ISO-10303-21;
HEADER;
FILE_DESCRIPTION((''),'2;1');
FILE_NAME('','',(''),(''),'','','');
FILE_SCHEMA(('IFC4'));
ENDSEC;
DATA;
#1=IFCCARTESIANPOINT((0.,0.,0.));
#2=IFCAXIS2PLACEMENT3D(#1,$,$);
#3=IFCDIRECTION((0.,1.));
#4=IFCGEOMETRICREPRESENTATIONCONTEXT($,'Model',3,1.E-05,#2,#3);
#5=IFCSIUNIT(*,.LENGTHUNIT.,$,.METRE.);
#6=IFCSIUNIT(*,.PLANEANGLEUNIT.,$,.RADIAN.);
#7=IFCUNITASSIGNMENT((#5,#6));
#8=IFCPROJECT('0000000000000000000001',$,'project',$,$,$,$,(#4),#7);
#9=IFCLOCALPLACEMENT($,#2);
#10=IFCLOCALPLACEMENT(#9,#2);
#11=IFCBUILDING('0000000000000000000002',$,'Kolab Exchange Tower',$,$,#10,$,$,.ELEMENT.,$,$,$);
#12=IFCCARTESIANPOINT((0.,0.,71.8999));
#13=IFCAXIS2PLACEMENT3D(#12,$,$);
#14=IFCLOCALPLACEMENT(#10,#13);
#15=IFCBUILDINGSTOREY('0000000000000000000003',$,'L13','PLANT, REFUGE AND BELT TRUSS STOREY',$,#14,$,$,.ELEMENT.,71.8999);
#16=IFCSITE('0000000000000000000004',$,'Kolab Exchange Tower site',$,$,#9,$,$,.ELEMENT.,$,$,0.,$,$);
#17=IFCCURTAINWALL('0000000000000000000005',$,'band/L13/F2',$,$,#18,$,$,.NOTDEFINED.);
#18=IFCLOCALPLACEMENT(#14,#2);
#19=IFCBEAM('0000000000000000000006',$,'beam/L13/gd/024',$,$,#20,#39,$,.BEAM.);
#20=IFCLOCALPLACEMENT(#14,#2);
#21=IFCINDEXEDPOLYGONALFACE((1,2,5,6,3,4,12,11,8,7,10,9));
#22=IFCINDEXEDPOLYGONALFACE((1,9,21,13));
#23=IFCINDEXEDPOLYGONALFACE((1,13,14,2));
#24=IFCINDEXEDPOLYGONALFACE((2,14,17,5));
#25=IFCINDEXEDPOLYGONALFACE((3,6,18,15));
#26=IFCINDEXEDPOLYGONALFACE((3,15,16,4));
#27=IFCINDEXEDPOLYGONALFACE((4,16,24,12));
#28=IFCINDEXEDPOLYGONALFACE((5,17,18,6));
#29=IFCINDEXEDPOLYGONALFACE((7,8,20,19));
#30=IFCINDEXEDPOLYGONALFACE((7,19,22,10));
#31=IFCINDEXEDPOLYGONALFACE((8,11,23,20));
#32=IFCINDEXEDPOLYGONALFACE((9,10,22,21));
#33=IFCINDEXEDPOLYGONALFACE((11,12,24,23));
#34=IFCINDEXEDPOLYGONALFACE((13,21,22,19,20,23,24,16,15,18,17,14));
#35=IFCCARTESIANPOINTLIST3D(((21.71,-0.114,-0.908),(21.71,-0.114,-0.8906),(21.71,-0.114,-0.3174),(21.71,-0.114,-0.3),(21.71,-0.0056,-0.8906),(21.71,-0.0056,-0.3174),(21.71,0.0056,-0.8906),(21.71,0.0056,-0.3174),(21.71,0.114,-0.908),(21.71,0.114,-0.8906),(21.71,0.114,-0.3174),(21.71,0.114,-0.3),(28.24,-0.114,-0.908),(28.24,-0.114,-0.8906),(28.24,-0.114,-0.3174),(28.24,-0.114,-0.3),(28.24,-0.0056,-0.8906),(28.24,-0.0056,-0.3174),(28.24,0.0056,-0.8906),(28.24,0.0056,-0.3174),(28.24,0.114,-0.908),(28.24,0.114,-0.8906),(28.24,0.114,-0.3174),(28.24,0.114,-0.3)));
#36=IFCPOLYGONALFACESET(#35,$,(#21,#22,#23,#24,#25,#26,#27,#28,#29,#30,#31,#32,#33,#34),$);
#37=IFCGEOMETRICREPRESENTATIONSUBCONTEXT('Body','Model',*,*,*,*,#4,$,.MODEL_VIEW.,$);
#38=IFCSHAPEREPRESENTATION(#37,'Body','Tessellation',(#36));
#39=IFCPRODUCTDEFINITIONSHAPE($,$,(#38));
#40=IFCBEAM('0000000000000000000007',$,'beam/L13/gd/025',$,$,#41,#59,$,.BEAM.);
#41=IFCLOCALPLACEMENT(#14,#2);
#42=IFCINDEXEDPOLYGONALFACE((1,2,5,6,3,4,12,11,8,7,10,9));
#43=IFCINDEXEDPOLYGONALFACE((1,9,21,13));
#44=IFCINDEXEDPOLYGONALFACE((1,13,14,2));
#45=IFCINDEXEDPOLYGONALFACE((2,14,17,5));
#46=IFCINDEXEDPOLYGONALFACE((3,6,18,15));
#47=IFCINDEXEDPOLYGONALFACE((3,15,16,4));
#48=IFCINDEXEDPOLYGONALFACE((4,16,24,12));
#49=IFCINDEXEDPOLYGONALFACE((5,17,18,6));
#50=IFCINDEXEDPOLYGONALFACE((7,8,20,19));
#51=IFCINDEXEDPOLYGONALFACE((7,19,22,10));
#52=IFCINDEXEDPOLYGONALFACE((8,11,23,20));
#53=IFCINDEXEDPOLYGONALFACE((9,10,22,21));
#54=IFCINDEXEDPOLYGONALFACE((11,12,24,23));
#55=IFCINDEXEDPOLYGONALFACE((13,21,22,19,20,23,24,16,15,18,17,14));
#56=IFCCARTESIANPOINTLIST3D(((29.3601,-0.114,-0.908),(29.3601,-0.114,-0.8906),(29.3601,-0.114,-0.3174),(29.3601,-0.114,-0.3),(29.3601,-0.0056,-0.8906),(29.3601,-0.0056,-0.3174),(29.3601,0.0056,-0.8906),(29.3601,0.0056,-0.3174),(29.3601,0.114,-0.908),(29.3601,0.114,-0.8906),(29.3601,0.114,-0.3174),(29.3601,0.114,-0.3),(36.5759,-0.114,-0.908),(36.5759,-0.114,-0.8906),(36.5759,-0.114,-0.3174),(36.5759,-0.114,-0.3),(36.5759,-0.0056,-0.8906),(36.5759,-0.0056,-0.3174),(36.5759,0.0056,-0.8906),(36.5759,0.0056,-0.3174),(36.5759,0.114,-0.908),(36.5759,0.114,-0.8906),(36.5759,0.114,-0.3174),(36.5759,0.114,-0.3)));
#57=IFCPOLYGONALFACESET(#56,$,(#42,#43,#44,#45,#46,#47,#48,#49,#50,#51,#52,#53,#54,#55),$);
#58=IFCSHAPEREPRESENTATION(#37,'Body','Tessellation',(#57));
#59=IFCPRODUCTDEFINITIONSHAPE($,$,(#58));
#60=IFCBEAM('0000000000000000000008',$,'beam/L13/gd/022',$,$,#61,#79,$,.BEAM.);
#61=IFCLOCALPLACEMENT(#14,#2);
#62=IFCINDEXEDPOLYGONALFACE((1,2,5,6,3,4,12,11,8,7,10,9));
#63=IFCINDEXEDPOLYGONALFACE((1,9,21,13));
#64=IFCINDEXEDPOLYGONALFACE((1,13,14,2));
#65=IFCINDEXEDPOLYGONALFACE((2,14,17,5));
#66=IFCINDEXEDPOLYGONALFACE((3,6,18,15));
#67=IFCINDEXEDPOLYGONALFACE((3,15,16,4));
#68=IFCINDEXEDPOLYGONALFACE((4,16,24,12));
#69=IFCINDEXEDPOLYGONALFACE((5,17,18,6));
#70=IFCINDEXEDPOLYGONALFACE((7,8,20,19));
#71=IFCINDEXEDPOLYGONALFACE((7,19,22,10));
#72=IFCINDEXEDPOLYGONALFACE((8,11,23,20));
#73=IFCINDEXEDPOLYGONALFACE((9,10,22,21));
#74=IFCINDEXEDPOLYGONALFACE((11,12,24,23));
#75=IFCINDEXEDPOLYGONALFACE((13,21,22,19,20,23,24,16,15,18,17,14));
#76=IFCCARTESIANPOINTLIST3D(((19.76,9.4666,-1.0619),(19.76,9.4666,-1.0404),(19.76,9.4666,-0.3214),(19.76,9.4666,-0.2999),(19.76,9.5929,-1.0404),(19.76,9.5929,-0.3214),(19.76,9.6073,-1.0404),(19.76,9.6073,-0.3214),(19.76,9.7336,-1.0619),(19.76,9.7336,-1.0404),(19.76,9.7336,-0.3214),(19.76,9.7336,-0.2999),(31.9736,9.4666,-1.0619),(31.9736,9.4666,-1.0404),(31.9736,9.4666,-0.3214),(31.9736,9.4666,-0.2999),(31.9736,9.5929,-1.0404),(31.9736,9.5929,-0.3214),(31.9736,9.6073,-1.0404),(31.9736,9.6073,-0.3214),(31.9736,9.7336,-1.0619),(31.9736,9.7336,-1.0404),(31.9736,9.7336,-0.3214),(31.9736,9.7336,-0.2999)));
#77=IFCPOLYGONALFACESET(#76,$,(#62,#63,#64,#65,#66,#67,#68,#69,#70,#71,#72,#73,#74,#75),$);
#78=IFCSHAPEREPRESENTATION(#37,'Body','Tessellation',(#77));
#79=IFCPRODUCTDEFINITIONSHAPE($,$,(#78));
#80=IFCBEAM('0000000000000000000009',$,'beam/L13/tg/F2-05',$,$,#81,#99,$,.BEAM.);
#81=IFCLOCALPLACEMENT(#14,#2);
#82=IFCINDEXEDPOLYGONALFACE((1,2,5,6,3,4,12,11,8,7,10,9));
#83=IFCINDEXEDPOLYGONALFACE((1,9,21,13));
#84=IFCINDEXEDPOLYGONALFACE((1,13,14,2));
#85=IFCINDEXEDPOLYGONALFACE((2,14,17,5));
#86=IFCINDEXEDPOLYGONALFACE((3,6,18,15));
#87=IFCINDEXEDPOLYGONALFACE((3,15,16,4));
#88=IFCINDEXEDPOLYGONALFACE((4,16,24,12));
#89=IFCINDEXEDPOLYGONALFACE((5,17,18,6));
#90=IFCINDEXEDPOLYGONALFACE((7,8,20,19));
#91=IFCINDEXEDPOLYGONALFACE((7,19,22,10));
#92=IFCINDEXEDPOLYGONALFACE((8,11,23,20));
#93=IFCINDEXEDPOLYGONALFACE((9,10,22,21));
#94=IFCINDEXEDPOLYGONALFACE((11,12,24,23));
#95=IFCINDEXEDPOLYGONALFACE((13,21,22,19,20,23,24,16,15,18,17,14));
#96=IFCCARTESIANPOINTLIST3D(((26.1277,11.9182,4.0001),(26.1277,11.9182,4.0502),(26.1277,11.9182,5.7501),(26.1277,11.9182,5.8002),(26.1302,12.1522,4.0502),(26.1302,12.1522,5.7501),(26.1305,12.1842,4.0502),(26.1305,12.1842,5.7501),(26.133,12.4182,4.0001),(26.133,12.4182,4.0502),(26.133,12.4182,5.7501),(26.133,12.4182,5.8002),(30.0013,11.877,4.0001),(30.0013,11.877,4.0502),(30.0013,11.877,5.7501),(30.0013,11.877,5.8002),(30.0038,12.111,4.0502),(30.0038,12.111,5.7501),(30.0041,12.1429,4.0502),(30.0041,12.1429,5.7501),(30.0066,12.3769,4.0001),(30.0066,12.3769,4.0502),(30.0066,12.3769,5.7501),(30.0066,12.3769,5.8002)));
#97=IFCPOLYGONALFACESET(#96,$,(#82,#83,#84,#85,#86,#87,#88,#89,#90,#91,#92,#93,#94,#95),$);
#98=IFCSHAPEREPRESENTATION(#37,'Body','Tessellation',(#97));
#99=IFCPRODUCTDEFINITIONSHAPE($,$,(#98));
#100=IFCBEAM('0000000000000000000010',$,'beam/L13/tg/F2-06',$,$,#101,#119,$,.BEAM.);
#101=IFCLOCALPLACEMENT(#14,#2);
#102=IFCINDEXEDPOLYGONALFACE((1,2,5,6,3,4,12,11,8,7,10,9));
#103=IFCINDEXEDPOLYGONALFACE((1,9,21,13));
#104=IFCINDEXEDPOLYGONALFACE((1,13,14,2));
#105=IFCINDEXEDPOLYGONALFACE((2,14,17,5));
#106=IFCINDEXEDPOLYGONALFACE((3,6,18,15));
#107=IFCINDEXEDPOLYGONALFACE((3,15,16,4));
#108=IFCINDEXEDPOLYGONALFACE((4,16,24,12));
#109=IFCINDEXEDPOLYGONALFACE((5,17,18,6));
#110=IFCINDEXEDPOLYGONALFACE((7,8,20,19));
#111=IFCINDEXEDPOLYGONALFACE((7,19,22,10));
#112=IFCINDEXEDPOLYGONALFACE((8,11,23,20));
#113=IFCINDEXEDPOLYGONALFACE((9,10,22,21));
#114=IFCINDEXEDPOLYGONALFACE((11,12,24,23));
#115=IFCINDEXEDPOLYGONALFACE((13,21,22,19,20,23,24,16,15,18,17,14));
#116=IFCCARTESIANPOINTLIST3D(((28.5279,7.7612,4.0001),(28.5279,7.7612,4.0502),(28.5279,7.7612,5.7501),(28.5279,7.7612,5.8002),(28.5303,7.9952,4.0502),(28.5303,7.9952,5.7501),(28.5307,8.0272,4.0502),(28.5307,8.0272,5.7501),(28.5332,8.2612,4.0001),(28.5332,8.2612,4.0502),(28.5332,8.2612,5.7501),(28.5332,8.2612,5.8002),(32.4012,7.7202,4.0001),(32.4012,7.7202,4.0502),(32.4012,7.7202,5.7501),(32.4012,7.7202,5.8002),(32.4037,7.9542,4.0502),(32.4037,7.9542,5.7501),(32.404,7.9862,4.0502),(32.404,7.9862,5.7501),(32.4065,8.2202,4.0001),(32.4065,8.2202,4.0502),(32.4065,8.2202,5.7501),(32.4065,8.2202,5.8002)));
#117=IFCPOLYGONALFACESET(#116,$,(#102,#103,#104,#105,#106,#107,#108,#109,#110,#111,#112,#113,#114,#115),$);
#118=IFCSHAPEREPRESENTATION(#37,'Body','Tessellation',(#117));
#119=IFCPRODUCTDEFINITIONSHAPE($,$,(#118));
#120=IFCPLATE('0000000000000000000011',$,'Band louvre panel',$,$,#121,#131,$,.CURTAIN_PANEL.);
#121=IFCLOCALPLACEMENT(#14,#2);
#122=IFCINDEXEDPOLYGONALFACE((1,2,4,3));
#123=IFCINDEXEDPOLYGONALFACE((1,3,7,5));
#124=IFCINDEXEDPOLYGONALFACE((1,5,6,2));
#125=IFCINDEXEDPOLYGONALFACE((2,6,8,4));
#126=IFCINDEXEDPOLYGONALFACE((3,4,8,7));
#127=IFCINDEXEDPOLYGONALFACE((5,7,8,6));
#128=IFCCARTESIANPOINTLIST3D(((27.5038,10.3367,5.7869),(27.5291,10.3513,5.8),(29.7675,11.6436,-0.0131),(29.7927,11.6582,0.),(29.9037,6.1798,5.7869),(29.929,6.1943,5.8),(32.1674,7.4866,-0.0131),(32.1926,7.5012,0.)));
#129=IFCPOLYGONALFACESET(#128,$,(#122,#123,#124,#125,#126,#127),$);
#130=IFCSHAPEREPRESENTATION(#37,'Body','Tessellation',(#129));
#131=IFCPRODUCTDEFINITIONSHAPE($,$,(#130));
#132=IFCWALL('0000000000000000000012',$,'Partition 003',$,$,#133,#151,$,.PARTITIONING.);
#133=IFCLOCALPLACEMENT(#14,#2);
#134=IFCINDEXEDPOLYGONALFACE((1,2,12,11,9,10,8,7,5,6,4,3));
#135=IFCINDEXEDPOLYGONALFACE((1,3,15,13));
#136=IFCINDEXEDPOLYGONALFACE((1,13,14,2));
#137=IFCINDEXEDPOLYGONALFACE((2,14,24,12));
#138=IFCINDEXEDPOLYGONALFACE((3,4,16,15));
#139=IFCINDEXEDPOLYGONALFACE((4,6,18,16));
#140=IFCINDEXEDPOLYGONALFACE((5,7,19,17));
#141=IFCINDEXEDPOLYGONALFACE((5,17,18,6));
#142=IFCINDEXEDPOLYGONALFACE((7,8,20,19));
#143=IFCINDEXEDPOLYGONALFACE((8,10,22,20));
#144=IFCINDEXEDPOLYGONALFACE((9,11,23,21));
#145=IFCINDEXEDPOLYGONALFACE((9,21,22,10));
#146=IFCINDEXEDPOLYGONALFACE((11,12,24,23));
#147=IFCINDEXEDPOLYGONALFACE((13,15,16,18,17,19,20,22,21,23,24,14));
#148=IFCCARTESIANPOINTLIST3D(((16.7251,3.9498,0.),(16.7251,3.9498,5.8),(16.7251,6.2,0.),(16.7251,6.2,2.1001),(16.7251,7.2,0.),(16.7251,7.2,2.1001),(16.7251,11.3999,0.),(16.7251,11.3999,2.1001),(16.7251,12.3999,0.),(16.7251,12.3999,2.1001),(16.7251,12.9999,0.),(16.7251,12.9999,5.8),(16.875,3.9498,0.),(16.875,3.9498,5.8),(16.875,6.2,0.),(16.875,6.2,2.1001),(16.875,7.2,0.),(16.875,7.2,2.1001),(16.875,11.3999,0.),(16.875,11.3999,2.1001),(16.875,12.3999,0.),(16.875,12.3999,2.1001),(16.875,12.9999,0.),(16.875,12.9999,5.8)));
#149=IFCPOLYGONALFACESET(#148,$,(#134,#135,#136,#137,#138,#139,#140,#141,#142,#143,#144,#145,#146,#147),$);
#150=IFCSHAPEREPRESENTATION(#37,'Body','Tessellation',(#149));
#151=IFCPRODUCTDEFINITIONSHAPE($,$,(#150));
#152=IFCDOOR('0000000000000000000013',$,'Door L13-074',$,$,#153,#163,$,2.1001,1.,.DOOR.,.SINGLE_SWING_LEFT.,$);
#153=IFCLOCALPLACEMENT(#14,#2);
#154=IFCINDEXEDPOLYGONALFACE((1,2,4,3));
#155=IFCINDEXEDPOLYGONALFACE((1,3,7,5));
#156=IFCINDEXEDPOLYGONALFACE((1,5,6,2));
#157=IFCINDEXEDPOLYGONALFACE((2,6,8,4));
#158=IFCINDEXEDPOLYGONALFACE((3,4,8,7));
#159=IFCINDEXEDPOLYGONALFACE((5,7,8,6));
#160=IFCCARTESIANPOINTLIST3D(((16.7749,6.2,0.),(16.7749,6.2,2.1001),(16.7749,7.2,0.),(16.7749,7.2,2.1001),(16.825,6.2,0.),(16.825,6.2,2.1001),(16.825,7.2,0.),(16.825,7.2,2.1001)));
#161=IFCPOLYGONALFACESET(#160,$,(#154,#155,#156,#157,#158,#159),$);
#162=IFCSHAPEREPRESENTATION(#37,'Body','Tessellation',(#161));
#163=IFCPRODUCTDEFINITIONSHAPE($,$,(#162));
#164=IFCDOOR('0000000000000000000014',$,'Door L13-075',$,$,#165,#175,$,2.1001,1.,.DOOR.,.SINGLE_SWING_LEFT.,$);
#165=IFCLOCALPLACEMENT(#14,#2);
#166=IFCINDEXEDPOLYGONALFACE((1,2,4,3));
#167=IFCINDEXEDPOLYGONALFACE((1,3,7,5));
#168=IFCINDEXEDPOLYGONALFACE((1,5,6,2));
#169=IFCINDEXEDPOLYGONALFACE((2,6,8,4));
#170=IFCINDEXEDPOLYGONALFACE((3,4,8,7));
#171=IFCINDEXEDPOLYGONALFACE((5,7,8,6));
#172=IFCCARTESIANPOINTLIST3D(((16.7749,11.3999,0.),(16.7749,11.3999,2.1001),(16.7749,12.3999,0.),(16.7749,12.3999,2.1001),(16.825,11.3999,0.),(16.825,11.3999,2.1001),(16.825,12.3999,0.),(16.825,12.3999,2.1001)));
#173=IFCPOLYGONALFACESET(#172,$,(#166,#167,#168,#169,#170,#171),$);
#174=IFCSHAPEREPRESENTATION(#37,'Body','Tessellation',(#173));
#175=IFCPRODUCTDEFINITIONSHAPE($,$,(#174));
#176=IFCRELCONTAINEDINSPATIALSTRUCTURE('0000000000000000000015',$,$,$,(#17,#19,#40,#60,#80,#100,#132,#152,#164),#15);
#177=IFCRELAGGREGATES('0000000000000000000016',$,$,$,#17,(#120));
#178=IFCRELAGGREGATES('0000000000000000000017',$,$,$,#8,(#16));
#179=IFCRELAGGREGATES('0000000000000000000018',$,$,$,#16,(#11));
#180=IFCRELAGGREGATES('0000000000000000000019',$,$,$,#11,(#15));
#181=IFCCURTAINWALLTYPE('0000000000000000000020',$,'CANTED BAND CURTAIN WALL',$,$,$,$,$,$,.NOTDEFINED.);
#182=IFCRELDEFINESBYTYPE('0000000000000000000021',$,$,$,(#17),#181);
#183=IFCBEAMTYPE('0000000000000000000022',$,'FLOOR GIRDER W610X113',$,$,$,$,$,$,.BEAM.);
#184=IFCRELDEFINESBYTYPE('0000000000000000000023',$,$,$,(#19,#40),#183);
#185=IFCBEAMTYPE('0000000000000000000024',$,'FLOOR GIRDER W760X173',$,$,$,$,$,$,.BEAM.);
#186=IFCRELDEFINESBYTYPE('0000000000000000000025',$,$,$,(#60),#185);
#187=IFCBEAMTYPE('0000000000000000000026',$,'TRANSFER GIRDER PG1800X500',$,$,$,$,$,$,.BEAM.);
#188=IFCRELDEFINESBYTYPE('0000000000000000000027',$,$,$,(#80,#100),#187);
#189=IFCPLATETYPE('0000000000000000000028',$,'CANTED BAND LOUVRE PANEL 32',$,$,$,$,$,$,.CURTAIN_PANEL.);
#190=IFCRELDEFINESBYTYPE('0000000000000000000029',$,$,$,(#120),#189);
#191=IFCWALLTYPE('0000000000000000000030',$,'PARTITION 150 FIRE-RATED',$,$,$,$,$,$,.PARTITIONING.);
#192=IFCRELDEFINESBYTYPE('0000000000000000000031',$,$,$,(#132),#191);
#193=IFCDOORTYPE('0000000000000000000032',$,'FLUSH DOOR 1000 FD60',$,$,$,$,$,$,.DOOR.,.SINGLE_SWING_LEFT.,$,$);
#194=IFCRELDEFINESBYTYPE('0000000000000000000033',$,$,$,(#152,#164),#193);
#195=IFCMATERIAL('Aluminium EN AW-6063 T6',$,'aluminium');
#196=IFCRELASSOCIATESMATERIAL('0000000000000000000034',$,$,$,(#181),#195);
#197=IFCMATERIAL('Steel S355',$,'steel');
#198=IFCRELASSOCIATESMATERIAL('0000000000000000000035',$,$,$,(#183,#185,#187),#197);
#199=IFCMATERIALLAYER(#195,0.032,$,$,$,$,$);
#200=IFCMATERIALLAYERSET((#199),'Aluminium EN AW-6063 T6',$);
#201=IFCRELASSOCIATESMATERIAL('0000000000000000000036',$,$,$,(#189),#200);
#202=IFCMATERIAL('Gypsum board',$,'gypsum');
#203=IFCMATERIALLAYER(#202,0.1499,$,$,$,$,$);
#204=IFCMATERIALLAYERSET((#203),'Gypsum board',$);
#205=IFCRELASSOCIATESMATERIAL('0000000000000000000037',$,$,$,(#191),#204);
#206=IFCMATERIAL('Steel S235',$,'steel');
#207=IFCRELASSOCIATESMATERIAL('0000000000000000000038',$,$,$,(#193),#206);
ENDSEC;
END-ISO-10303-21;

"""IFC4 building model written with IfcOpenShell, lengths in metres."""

from ifc_helpers import new_model, si_unit, direction, frame, frame_2d, origin, origin_2d, place, context, subcontext, project, spatial, polyline, rectangle, i_section, outline, extrude, material, layer, layer_set, material_profile, profile_set, type_object, element, fill, aggregate, save


model = new_model("IFC4")

# Units and contexts
model_context = context("Model", 3, precision=1e-05, world=origin(), true_north=direction((0.0, 1.0)))
body_context = subcontext(model_context, "Body", "Model", "MODEL_VIEW")
ifc_project = project(units=[si_unit("LENGTHUNIT", "METRE"), si_unit("PLANEANGLEUNIT", "RADIAN")], contexts=[model_context])

# Site, building, storey
site_placement = place(None, origin())
site = spatial("IfcSite", under=ifc_project, at=site_placement, Name="Kolab Exchange Tower site", CompositionType="ELEMENT", RefElevation=0.0)
building_placement = place(site_placement, origin())
building = spatial("IfcBuilding", under=site, at=building_placement, Name="Kolab Exchange Tower", CompositionType="ELEMENT")
storey_placement = place(building_placement, frame((0.0, 0.0, 71.8999)))
storey = spatial("IfcBuildingStorey", under=building, at=storey_placement, Name="L13", Description="PLANT, REFUGE AND BELT TRUSS STOREY", CompositionType="ELEMENT", Elevation=71.8999)

# Shared definitions
ifc_material_1 = material(Name="Steel S355", Category="steel")

# Curtain wall
ifc_material_2 = material(Name="Aluminium EN AW-6063 T6", Category="aluminium")
curtain_wall_type = type_object("IfcCurtainWallType", Name="CANTED BAND CURTAIN WALL", PredefinedType="NOTDEFINED", material=ifc_material_2)
curtain_wall_placement = place(storey_placement, origin())
curtain_wall = element("IfcCurtainWall", 1, at=curtain_wall_placement, inside=storey, type_object=curtain_wall_type, Name="band/L13/F2", PredefinedType="NOTDEFINED")

# Beams
ifc_material_profile_1 = material_profile(ifc_material_1, i_section(OverallWidth=0.228, OverallDepth=0.6079, WebThickness=0.0112, FlangeThickness=0.0173, at=origin_2d()), Name="W610X113")
ifc_profile_set_1 = profile_set([ifc_material_profile_1], Name="Steel S355")
beam_type_1 = type_object("IfcBeamType", Name="FLOOR GIRDER W610X113", PredefinedType="BEAM", material=ifc_profile_set_1)
beam_1_placement = place(storey_placement, frame((21.71, 0.0, -0.604), z_axis=(1.0, 0.0, 0.0), x_axis=(0.0, 1.0, 0.0)))
element("IfcBeam", 2, at=beam_1_placement, inside=storey, type_object=beam_type_1, Name="beam/L13/gd/024", PredefinedType="BEAM", context=body_context, shape_type="SweptSolid", body=[
    extrude(i_section(OverallWidth=0.228, OverallDepth=0.6079, WebThickness=0.0112, FlangeThickness=0.0173, at=origin_2d()), origin(), (0.0, 0.0, 1.0), 6.53),
])
beam_2_placement = place(storey_placement, frame((29.3601, 0.0, -0.604), z_axis=(1.0, 0.0, 0.0), x_axis=(0.0, 1.0, 0.0)))
element("IfcBeam", 3, at=beam_2_placement, inside=storey, type_object=beam_type_1, Name="beam/L13/gd/025", PredefinedType="BEAM", context=body_context, shape_type="SweptSolid", body=[
    extrude(i_section(OverallWidth=0.228, OverallDepth=0.6079, WebThickness=0.0112, FlangeThickness=0.0173, at=origin_2d()), origin(), (0.0, 0.0, 1.0), 7.2158),
])
ifc_material_profile_2 = material_profile(ifc_material_1, i_section(OverallWidth=0.2671, OverallDepth=0.762, WebThickness=0.0144, FlangeThickness=0.0215, at=origin_2d()), Name="W760X173")
ifc_profile_set_2 = profile_set([ifc_material_profile_2], Name="Steel S355")
beam_type_2 = type_object("IfcBeamType", Name="FLOOR GIRDER W760X173", PredefinedType="BEAM", material=ifc_profile_set_2)
beam_3_placement = place(storey_placement, frame((19.76, 9.6001, -0.6809), z_axis=(1.0, 0.0, 0.0), x_axis=(0.0, 1.0, 0.0)))
element("IfcBeam", 4, at=beam_3_placement, inside=storey, type_object=beam_type_2, Name="beam/L13/gd/022", PredefinedType="BEAM", context=body_context, shape_type="SweptSolid", body=[
    extrude(i_section(OverallWidth=0.2671, OverallDepth=0.762, WebThickness=0.0144, FlangeThickness=0.0215, at=origin_2d()), origin(), (0.0, 0.0, 1.0), 12.2136),
])
ifc_material_profile_3 = material_profile(ifc_material_1, i_section(OverallWidth=0.5, OverallDepth=1.8, WebThickness=0.032, FlangeThickness=0.05, at=origin_2d()), Name="PG1800X500")
ifc_profile_set_3 = profile_set([ifc_material_profile_3], Name="Steel S355")
beam_type_3 = type_object("IfcBeamType", Name="TRANSFER GIRDER PG1800X500", PredefinedType="BEAM", material=ifc_profile_set_3)
beam_4_placement = place(storey_placement, frame((26.1304, 12.1682, 4.9001), z_axis=(0.999943, -0.010651, 0.0), x_axis=(0.010651, 0.999943, 0.0)))
element("IfcBeam", 5, at=beam_4_placement, inside=storey, type_object=beam_type_3, Name="beam/L13/tg/F2-05", PredefinedType="BEAM", context=body_context, shape_type="SweptSolid", body=[
    extrude(i_section(OverallWidth=0.5, OverallDepth=1.8, WebThickness=0.032, FlangeThickness=0.05, at=origin_2d()), origin(), (0.0, 0.0, 1.0), 3.8738),
])
beam_5_placement = place(storey_placement, frame((28.5305, 8.0112, 4.9001), z_axis=(0.999944, -0.010589, 0.0), x_axis=(0.010589, 0.999944, 0.0)))
element("IfcBeam", 6, at=beam_5_placement, inside=storey, type_object=beam_type_3, Name="beam/L13/tg/F2-06", PredefinedType="BEAM", context=body_context, shape_type="SweptSolid", body=[
    extrude(i_section(OverallWidth=0.5, OverallDepth=1.8, WebThickness=0.032, FlangeThickness=0.05, at=origin_2d()), origin(), (0.0, 0.0, 1.0), 3.8735),
])

# Plate
ifc_layer_1 = layer(ifc_material_2, 0.032)
ifc_layer_set_1 = layer_set([ifc_layer_1], Name="Aluminium EN AW-6063 T6")
plate_type = type_object("IfcPlateType", Name="CANTED BAND LOUVRE PANEL 32", PredefinedType="CURTAIN_PANEL", material=ifc_layer_set_1)
plate_placement = place(storey_placement, frame((29.7927, 11.6582, 0.0), z_axis=(0.789563, 0.45583, 0.410864), x_axis=(0.499979, -0.866037, 0.0)))
plate = element("IfcPlate", 7, at=plate_placement, type_object=plate_type, Name="Band louvre panel", PredefinedType="CURTAIN_PANEL", context=body_context, shape_type="SweptSolid", body=[
    extrude(outline(polyline([(0.0, 0.0), (4.8, 0.0), (4.8, -6.3618), (0.0, -6.3618), (0.0, 0.0)])), origin(), (0.0, 0.0, -1.0), 0.032),
])
aggregate(curtain_wall, [plate])

# Wall, openings, doors
ifc_material_3 = material(Name="Gypsum board", Category="gypsum")
ifc_layer_2 = layer(ifc_material_3, 0.1499)
ifc_layer_set_2 = layer_set([ifc_layer_2], Name="Gypsum board")
wall_type_1 = type_object("IfcWallType", Name="PARTITION 150 FIRE-RATED", PredefinedType="PARTITIONING", material=ifc_layer_set_2)
wall_1_placement = place(storey_placement, frame((16.8, 3.95, 0.0), z_axis=(0.0, 0.0, 1.0), x_axis=(0.0, 1.0, 0.0)))
wall_1 = element("IfcWall", 8, at=wall_1_placement, inside=storey, type_object=wall_type_1, Name="Partition 003", PredefinedType="PARTITIONING", context=body_context, shape_type="SweptSolid", body=[
    extrude(rectangle(XDim=9.05, YDim=0.1499, at=frame_2d((4.5249, 0.0))), origin(), (0.0, 0.0, 1.0), 5.8),
])
opening_1_placement = place(wall_1_placement, frame((2.25, 0.0, 0.0)))
opening_1 = element("IfcOpeningElement", 9, at=opening_1_placement, cuts=wall_1, PredefinedType="OPENING", context=body_context, shape_type="SweptSolid", body=[
    extrude(rectangle(XDim=1.0, YDim=2.1001, at=frame_2d((0.5, 1.05))), frame((0.0, 0.085, 0.0), z_axis=(0.0, -1.0, 0.0), x_axis=(1.0, 0.0, 0.0)), (0.0, 0.0, 1.0), 0.1699),
])
opening_2_placement = place(wall_1_placement, frame((7.45, 0.0, 0.0)))
opening_2 = element("IfcOpeningElement", 10, at=opening_2_placement, cuts=wall_1, PredefinedType="OPENING", context=body_context, shape_type="SweptSolid", body=[
    extrude(rectangle(XDim=1.0, YDim=2.1001, at=frame_2d((0.5, 1.05))), frame((0.0, 0.085, 0.0), z_axis=(0.0, -1.0, 0.0), x_axis=(1.0, 0.0, 0.0)), (0.0, 0.0, 1.0), 0.1699),
])
ifc_material_4 = material(Name="Steel S235", Category="steel")
door_type = type_object("IfcDoorType", Name="FLUSH DOOR 1000 FD60", OperationType="SINGLE_SWING_LEFT", PredefinedType="DOOR", material=ifc_material_4)
door_1_placement = place(opening_1_placement, frame((1.0, 0.0, 0.0), z_axis=(0.0, 0.0, 1.0), x_axis=(-1.0, 0.0, 0.0)))
door_1 = element("IfcDoor", 11, at=door_1_placement, inside=storey, type_object=door_type, Name="Door L13-074", OperationType="SINGLE_SWING_LEFT", OverallHeight=2.1001, OverallWidth=1.0, PredefinedType="DOOR", context=body_context, shape_type="SweptSolid", body=[
    extrude(rectangle(XDim=1.0, YDim=2.1001, at=frame_2d((0.5, 1.05))), frame((0.0, 0.0249, 0.0), z_axis=(0.0, -1.0, 0.0), x_axis=(1.0, 0.0, 0.0)), (0.0, 0.0, 1.0), 0.05),
])
fill(opening_1, door_1)
door_2_placement = place(opening_2_placement, frame((1.0, 0.0, 0.0), z_axis=(0.0, 0.0, 1.0), x_axis=(-1.0, 0.0, 0.0)))
door_2 = element("IfcDoor", 12, at=door_2_placement, inside=storey, type_object=door_type, Name="Door L13-075", OperationType="SINGLE_SWING_LEFT", OverallHeight=2.1001, OverallWidth=1.0, PredefinedType="DOOR", context=body_context, shape_type="SweptSolid", body=[
    extrude(rectangle(XDim=1.0, YDim=2.1001, at=frame_2d((0.5, 1.05))), frame((0.0, 0.0249, 0.0), z_axis=(0.0, -1.0, 0.0), x_axis=(1.0, 0.0, 0.0)), (0.0, 0.0, 1.0), 0.05),
])
fill(opening_2, door_2)

save(model, "model.ifc")
